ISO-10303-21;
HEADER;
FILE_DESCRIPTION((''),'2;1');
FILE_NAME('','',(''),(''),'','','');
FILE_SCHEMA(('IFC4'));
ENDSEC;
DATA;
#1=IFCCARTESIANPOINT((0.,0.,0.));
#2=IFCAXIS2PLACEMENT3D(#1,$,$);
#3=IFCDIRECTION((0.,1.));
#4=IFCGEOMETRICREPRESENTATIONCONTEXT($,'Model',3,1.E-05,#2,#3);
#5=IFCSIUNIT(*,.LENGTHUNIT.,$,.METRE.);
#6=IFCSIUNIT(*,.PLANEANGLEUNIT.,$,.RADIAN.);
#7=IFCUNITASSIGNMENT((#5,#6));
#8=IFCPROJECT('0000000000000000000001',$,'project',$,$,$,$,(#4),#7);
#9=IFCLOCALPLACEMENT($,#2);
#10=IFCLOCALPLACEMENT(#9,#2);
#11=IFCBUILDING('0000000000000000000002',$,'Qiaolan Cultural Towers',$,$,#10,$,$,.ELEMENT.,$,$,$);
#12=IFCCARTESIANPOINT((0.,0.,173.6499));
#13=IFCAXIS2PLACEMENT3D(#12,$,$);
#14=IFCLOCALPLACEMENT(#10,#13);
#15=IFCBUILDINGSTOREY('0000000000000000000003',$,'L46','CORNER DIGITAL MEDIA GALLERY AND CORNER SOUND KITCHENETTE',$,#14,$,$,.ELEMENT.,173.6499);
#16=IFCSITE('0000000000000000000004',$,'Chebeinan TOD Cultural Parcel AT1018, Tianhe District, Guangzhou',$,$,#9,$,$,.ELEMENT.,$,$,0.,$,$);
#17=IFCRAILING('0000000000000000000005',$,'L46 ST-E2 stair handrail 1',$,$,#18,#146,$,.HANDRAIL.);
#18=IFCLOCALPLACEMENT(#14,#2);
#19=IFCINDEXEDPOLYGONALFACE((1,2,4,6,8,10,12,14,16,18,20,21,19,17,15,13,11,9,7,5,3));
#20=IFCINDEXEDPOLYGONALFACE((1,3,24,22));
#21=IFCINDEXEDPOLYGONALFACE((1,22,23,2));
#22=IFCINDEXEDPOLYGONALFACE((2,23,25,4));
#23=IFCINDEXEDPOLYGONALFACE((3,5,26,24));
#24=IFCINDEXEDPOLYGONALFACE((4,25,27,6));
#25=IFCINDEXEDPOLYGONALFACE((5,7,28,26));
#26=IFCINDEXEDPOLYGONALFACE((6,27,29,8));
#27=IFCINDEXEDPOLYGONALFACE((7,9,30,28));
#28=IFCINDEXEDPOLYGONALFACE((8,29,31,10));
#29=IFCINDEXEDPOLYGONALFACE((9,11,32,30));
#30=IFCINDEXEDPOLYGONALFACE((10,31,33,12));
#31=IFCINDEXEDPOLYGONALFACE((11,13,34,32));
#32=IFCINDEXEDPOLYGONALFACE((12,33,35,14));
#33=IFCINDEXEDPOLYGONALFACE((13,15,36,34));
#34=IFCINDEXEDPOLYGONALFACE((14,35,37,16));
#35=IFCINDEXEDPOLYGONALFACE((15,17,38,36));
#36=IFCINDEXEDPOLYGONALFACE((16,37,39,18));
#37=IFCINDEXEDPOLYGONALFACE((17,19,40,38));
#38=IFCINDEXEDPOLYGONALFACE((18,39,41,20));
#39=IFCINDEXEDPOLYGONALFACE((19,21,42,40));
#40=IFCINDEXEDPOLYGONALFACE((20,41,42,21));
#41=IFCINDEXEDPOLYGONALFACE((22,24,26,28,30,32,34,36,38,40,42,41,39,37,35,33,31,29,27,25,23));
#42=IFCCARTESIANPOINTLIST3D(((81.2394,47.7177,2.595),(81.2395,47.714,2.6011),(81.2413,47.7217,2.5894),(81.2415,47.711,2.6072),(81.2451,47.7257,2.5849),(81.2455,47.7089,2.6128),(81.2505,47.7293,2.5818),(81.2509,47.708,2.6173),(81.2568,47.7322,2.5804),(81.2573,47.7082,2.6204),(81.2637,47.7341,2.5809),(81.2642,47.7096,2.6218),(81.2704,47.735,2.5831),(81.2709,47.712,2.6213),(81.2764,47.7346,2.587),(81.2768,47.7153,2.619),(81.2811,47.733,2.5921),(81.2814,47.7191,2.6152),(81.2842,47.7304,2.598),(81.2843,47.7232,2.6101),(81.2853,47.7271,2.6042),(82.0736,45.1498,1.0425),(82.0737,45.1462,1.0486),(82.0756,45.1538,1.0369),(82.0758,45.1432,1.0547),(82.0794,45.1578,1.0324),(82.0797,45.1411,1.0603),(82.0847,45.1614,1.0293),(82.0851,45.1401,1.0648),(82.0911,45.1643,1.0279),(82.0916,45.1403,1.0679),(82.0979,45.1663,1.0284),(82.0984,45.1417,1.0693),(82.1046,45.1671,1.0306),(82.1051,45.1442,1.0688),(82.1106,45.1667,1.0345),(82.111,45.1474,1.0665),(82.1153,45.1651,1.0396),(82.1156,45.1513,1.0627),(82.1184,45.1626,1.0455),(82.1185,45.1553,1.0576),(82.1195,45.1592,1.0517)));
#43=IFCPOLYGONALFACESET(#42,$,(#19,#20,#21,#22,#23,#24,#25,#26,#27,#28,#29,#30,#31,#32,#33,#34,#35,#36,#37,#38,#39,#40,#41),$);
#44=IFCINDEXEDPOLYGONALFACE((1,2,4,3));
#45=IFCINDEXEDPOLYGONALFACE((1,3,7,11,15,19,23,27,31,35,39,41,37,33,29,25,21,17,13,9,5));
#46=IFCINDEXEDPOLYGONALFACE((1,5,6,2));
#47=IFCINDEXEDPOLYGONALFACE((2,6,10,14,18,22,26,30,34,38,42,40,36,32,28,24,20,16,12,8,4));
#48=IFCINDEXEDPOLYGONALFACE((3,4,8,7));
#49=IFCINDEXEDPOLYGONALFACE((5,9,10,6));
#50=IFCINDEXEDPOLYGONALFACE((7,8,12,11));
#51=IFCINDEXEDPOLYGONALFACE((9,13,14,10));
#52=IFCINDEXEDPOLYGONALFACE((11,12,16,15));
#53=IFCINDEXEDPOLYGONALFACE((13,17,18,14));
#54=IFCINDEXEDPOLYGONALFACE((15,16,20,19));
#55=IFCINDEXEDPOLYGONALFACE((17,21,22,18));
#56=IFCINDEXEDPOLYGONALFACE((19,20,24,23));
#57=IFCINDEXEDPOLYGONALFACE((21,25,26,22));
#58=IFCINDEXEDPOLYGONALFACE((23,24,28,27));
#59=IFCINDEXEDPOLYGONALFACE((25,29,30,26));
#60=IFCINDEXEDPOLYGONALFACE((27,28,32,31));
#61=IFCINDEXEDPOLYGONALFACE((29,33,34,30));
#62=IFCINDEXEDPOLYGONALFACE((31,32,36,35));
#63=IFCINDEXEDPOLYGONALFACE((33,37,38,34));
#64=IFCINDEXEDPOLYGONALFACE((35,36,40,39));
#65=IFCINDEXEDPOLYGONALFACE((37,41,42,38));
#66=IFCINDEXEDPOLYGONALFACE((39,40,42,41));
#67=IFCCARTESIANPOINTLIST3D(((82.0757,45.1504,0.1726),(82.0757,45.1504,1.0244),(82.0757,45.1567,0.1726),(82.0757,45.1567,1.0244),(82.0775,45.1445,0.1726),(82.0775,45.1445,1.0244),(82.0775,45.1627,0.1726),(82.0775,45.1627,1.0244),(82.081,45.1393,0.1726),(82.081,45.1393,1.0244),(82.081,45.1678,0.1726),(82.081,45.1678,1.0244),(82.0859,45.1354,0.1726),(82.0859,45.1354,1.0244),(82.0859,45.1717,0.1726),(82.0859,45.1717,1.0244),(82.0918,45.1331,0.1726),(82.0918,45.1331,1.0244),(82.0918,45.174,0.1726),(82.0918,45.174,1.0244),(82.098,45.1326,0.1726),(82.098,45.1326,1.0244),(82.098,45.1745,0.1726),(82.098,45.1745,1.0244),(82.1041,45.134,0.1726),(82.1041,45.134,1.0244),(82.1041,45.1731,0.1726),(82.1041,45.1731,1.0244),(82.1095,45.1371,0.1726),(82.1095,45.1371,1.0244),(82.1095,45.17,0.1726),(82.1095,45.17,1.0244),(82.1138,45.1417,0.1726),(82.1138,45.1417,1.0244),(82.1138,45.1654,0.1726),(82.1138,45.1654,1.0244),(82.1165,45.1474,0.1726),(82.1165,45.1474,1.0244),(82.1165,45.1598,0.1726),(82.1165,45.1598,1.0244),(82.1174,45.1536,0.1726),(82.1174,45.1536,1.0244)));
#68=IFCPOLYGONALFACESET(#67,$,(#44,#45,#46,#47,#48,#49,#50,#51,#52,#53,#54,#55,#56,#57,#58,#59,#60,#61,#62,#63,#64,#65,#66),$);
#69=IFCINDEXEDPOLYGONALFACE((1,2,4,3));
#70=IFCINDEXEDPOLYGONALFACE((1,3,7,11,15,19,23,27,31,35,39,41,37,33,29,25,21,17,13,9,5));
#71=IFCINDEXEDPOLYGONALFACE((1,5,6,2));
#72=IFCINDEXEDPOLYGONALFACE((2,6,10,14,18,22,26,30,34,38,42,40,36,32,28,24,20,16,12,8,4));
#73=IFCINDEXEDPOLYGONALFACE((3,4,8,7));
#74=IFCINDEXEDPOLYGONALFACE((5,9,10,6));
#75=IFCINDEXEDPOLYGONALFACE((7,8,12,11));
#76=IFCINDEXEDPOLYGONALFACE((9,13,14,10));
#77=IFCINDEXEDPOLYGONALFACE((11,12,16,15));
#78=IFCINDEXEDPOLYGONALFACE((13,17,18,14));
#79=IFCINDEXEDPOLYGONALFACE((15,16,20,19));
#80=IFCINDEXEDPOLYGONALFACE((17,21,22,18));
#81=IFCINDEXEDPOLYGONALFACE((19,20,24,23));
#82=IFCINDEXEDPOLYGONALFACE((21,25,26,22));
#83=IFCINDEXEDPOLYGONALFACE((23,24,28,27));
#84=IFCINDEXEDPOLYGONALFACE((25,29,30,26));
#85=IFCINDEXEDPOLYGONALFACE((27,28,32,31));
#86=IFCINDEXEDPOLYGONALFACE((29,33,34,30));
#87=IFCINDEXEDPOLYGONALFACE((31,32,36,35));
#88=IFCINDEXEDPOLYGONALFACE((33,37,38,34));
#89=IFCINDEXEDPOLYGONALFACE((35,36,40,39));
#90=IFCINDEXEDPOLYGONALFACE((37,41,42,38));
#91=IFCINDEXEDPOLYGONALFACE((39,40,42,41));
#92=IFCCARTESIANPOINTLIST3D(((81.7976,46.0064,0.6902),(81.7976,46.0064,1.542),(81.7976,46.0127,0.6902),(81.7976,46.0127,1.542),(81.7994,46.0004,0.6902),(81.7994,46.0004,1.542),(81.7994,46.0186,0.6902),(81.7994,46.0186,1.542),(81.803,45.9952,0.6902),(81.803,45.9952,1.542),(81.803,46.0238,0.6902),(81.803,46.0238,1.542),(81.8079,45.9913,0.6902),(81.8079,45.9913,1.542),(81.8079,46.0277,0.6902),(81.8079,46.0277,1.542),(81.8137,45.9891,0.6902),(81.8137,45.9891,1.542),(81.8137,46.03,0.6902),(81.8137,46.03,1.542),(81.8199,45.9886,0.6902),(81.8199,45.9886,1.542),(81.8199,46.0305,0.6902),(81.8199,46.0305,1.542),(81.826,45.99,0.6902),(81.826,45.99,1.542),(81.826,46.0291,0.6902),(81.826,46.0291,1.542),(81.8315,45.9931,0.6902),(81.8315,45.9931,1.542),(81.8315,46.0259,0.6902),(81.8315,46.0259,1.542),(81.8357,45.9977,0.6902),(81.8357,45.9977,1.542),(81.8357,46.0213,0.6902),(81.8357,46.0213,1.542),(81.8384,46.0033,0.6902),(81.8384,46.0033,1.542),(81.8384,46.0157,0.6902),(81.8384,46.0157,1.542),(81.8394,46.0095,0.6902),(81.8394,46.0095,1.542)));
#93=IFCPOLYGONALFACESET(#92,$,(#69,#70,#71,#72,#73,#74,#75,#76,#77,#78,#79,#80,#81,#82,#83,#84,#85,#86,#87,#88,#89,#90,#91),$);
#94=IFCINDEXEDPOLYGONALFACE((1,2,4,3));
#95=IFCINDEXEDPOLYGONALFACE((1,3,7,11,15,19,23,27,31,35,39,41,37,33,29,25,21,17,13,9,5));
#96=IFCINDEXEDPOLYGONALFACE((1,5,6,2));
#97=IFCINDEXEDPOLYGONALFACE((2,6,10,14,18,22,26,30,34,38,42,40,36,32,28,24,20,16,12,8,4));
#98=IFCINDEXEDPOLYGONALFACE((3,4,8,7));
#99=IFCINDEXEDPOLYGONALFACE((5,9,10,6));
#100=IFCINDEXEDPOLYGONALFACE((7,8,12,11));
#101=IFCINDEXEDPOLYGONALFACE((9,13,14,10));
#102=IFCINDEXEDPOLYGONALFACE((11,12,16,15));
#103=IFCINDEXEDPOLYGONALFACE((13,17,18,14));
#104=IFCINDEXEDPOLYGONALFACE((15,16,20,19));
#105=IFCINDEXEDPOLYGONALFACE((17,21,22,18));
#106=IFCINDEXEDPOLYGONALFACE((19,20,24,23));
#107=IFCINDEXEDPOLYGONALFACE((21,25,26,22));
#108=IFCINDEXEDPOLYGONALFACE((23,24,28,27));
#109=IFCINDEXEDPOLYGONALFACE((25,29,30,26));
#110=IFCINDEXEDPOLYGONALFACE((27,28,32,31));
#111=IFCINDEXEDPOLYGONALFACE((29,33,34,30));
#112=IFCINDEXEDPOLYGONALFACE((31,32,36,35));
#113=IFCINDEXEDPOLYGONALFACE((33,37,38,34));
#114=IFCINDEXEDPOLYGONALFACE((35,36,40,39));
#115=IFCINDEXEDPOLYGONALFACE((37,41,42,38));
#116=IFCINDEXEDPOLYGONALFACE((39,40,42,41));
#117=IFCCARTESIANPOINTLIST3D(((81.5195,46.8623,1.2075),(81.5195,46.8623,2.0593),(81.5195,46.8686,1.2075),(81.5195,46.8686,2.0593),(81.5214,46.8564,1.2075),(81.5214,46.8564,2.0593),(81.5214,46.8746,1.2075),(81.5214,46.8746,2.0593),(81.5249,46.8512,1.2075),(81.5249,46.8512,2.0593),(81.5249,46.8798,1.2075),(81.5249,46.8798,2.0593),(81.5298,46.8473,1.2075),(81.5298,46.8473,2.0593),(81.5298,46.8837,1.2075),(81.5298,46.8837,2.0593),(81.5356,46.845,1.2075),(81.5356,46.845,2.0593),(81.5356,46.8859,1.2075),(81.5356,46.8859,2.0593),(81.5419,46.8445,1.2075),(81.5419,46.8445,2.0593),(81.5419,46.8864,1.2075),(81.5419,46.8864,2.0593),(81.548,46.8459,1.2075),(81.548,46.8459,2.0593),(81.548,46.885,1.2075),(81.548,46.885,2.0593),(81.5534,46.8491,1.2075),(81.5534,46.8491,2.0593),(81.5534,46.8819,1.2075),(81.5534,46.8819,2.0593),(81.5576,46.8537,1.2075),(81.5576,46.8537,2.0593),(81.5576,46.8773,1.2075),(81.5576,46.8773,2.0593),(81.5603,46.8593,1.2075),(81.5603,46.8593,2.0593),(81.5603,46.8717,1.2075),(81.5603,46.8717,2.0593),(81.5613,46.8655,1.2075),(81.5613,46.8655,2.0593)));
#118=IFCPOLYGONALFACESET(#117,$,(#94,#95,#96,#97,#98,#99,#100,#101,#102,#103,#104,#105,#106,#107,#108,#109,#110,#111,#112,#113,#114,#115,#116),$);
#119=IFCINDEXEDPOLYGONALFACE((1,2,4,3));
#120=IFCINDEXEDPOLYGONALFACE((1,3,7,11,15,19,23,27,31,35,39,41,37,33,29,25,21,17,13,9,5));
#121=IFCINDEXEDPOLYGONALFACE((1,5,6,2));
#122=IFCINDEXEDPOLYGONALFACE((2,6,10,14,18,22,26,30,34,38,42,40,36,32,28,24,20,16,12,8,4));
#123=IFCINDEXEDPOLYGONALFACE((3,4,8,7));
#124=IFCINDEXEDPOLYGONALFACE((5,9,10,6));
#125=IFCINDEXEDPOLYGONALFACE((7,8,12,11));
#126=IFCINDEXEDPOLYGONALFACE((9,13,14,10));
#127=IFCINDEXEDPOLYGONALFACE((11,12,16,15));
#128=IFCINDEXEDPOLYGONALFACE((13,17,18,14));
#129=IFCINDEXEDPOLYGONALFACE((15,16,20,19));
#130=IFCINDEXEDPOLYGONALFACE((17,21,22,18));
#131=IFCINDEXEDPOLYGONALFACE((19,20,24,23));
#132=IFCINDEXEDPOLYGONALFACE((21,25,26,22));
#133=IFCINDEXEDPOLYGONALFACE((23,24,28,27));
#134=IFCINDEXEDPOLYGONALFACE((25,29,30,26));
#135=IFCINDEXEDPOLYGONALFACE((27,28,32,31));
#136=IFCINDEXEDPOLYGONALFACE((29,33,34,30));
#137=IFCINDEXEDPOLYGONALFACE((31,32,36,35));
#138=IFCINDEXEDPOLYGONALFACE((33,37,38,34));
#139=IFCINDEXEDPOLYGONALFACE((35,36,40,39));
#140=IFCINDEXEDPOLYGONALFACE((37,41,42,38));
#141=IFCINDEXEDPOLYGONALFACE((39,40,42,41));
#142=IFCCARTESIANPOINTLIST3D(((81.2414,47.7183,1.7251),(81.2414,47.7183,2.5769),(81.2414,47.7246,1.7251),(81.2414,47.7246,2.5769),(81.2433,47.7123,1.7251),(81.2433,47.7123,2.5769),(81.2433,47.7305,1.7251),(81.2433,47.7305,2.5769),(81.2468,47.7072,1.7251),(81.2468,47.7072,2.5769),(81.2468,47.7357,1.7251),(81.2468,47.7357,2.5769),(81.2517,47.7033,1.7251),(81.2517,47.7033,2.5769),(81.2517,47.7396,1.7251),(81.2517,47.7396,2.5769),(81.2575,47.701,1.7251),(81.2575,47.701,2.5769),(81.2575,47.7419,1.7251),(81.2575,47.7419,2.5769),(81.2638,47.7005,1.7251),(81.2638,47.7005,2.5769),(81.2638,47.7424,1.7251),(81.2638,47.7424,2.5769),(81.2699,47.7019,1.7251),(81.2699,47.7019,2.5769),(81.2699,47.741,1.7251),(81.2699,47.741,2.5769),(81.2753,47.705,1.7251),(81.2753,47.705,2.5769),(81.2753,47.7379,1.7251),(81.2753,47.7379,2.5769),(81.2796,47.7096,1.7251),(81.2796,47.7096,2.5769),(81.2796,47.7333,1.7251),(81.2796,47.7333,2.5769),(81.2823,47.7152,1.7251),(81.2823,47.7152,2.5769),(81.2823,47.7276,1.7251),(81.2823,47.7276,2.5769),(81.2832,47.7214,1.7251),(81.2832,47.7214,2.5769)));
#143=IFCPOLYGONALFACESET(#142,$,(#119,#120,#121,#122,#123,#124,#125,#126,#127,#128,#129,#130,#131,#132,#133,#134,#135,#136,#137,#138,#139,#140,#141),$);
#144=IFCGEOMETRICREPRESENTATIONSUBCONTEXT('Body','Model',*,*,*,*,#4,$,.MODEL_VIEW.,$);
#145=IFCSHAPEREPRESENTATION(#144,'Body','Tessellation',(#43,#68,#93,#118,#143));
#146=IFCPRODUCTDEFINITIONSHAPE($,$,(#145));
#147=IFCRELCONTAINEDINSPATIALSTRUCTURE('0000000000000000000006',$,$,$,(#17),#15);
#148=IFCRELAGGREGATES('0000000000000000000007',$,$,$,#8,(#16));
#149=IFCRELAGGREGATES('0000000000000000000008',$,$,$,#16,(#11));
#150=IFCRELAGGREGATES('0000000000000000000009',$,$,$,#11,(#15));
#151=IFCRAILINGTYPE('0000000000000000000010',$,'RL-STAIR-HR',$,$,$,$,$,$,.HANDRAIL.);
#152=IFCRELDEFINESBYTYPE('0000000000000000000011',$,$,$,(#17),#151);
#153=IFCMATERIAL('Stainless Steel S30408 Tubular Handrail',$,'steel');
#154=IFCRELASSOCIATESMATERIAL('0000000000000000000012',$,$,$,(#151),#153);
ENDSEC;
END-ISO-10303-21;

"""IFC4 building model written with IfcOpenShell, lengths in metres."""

from ifc_helpers import new_model, si_unit, direction, frame, origin, origin_2d, place, context, subcontext, project, spatial, circle, extrude, material, type_object, element, save


model = new_model("IFC4")

# Units and contexts
model_context = context("Model", 3, precision=1e-05, world=origin(), true_north=direction((0.0, 1.0)))
body_context = subcontext(model_context, "Body", "Model", "MODEL_VIEW")
ifc_project = project(units=[si_unit("LENGTHUNIT", "METRE"), si_unit("PLANEANGLEUNIT", "RADIAN")], contexts=[model_context])

# Site, building, storey
site_placement = place(None, origin())
site = spatial("IfcSite", under=ifc_project, at=site_placement, Name="Chebeinan TOD Cultural Parcel AT1018, Tianhe District, Guangzhou", CompositionType="ELEMENT", RefElevation=0.0)
building_placement = place(site_placement, origin())
building = spatial("IfcBuilding", under=site, at=building_placement, Name="Qiaolan Cultural Towers", CompositionType="ELEMENT")
storey_placement = place(building_placement, frame((0.0, 0.0, 173.6499)))
storey = spatial("IfcBuildingStorey", under=building, at=storey_placement, Name="L46", Description="CORNER DIGITAL MEDIA GALLERY AND CORNER SOUND KITCHENETTE", CompositionType="ELEMENT", Elevation=173.6499)

# Railing
ifc_material_1 = material(Name="Stainless Steel S30408 Tubular Handrail", Category="steel")
railing_type_1 = type_object("IfcRailingType", Name="RL-STAIR-HR", PredefinedType="HANDRAIL", material=ifc_material_1)
railing_1_placement = place(storey_placement, frame((82.0964, 45.1536, 0.1726)))
element("IfcRailing", 1, at=railing_1_placement, inside=storey, type_object=railing_type_1, Name="L46 ST-E2 stair handrail 1", PredefinedType="HANDRAIL", context=body_context, shape_type="SweptSolid", body=[
    extrude(circle(Radius=0.0239, at=origin_2d()), frame((0.0, 0.0, 0.876), z_axis=(-0.267853, 0.824488, 0.498471), x_axis=(-0.95107, -0.308976, 0.0)), (0.0, 0.0, 1.0), 3.1145),
    extrude(circle(Radius=0.021, at=origin_2d()), origin(), (0.0, 0.0, 1.0), 0.8518),
    extrude(circle(Radius=0.021, at=origin_2d()), frame((-0.2781, 0.856, 0.5176)), (0.0, 0.0, 1.0), 0.8518),
    extrude(circle(Radius=0.021, at=origin_2d()), frame((-0.5562, 1.7119, 1.0349)), (0.0, 0.0, 1.0), 0.8518),
    extrude(circle(Radius=0.021, at=origin_2d()), frame((-0.8342, 2.5679, 1.5525)), (0.0, 0.0, 1.0), 0.8518),
])

save(model, "model.ifc")
